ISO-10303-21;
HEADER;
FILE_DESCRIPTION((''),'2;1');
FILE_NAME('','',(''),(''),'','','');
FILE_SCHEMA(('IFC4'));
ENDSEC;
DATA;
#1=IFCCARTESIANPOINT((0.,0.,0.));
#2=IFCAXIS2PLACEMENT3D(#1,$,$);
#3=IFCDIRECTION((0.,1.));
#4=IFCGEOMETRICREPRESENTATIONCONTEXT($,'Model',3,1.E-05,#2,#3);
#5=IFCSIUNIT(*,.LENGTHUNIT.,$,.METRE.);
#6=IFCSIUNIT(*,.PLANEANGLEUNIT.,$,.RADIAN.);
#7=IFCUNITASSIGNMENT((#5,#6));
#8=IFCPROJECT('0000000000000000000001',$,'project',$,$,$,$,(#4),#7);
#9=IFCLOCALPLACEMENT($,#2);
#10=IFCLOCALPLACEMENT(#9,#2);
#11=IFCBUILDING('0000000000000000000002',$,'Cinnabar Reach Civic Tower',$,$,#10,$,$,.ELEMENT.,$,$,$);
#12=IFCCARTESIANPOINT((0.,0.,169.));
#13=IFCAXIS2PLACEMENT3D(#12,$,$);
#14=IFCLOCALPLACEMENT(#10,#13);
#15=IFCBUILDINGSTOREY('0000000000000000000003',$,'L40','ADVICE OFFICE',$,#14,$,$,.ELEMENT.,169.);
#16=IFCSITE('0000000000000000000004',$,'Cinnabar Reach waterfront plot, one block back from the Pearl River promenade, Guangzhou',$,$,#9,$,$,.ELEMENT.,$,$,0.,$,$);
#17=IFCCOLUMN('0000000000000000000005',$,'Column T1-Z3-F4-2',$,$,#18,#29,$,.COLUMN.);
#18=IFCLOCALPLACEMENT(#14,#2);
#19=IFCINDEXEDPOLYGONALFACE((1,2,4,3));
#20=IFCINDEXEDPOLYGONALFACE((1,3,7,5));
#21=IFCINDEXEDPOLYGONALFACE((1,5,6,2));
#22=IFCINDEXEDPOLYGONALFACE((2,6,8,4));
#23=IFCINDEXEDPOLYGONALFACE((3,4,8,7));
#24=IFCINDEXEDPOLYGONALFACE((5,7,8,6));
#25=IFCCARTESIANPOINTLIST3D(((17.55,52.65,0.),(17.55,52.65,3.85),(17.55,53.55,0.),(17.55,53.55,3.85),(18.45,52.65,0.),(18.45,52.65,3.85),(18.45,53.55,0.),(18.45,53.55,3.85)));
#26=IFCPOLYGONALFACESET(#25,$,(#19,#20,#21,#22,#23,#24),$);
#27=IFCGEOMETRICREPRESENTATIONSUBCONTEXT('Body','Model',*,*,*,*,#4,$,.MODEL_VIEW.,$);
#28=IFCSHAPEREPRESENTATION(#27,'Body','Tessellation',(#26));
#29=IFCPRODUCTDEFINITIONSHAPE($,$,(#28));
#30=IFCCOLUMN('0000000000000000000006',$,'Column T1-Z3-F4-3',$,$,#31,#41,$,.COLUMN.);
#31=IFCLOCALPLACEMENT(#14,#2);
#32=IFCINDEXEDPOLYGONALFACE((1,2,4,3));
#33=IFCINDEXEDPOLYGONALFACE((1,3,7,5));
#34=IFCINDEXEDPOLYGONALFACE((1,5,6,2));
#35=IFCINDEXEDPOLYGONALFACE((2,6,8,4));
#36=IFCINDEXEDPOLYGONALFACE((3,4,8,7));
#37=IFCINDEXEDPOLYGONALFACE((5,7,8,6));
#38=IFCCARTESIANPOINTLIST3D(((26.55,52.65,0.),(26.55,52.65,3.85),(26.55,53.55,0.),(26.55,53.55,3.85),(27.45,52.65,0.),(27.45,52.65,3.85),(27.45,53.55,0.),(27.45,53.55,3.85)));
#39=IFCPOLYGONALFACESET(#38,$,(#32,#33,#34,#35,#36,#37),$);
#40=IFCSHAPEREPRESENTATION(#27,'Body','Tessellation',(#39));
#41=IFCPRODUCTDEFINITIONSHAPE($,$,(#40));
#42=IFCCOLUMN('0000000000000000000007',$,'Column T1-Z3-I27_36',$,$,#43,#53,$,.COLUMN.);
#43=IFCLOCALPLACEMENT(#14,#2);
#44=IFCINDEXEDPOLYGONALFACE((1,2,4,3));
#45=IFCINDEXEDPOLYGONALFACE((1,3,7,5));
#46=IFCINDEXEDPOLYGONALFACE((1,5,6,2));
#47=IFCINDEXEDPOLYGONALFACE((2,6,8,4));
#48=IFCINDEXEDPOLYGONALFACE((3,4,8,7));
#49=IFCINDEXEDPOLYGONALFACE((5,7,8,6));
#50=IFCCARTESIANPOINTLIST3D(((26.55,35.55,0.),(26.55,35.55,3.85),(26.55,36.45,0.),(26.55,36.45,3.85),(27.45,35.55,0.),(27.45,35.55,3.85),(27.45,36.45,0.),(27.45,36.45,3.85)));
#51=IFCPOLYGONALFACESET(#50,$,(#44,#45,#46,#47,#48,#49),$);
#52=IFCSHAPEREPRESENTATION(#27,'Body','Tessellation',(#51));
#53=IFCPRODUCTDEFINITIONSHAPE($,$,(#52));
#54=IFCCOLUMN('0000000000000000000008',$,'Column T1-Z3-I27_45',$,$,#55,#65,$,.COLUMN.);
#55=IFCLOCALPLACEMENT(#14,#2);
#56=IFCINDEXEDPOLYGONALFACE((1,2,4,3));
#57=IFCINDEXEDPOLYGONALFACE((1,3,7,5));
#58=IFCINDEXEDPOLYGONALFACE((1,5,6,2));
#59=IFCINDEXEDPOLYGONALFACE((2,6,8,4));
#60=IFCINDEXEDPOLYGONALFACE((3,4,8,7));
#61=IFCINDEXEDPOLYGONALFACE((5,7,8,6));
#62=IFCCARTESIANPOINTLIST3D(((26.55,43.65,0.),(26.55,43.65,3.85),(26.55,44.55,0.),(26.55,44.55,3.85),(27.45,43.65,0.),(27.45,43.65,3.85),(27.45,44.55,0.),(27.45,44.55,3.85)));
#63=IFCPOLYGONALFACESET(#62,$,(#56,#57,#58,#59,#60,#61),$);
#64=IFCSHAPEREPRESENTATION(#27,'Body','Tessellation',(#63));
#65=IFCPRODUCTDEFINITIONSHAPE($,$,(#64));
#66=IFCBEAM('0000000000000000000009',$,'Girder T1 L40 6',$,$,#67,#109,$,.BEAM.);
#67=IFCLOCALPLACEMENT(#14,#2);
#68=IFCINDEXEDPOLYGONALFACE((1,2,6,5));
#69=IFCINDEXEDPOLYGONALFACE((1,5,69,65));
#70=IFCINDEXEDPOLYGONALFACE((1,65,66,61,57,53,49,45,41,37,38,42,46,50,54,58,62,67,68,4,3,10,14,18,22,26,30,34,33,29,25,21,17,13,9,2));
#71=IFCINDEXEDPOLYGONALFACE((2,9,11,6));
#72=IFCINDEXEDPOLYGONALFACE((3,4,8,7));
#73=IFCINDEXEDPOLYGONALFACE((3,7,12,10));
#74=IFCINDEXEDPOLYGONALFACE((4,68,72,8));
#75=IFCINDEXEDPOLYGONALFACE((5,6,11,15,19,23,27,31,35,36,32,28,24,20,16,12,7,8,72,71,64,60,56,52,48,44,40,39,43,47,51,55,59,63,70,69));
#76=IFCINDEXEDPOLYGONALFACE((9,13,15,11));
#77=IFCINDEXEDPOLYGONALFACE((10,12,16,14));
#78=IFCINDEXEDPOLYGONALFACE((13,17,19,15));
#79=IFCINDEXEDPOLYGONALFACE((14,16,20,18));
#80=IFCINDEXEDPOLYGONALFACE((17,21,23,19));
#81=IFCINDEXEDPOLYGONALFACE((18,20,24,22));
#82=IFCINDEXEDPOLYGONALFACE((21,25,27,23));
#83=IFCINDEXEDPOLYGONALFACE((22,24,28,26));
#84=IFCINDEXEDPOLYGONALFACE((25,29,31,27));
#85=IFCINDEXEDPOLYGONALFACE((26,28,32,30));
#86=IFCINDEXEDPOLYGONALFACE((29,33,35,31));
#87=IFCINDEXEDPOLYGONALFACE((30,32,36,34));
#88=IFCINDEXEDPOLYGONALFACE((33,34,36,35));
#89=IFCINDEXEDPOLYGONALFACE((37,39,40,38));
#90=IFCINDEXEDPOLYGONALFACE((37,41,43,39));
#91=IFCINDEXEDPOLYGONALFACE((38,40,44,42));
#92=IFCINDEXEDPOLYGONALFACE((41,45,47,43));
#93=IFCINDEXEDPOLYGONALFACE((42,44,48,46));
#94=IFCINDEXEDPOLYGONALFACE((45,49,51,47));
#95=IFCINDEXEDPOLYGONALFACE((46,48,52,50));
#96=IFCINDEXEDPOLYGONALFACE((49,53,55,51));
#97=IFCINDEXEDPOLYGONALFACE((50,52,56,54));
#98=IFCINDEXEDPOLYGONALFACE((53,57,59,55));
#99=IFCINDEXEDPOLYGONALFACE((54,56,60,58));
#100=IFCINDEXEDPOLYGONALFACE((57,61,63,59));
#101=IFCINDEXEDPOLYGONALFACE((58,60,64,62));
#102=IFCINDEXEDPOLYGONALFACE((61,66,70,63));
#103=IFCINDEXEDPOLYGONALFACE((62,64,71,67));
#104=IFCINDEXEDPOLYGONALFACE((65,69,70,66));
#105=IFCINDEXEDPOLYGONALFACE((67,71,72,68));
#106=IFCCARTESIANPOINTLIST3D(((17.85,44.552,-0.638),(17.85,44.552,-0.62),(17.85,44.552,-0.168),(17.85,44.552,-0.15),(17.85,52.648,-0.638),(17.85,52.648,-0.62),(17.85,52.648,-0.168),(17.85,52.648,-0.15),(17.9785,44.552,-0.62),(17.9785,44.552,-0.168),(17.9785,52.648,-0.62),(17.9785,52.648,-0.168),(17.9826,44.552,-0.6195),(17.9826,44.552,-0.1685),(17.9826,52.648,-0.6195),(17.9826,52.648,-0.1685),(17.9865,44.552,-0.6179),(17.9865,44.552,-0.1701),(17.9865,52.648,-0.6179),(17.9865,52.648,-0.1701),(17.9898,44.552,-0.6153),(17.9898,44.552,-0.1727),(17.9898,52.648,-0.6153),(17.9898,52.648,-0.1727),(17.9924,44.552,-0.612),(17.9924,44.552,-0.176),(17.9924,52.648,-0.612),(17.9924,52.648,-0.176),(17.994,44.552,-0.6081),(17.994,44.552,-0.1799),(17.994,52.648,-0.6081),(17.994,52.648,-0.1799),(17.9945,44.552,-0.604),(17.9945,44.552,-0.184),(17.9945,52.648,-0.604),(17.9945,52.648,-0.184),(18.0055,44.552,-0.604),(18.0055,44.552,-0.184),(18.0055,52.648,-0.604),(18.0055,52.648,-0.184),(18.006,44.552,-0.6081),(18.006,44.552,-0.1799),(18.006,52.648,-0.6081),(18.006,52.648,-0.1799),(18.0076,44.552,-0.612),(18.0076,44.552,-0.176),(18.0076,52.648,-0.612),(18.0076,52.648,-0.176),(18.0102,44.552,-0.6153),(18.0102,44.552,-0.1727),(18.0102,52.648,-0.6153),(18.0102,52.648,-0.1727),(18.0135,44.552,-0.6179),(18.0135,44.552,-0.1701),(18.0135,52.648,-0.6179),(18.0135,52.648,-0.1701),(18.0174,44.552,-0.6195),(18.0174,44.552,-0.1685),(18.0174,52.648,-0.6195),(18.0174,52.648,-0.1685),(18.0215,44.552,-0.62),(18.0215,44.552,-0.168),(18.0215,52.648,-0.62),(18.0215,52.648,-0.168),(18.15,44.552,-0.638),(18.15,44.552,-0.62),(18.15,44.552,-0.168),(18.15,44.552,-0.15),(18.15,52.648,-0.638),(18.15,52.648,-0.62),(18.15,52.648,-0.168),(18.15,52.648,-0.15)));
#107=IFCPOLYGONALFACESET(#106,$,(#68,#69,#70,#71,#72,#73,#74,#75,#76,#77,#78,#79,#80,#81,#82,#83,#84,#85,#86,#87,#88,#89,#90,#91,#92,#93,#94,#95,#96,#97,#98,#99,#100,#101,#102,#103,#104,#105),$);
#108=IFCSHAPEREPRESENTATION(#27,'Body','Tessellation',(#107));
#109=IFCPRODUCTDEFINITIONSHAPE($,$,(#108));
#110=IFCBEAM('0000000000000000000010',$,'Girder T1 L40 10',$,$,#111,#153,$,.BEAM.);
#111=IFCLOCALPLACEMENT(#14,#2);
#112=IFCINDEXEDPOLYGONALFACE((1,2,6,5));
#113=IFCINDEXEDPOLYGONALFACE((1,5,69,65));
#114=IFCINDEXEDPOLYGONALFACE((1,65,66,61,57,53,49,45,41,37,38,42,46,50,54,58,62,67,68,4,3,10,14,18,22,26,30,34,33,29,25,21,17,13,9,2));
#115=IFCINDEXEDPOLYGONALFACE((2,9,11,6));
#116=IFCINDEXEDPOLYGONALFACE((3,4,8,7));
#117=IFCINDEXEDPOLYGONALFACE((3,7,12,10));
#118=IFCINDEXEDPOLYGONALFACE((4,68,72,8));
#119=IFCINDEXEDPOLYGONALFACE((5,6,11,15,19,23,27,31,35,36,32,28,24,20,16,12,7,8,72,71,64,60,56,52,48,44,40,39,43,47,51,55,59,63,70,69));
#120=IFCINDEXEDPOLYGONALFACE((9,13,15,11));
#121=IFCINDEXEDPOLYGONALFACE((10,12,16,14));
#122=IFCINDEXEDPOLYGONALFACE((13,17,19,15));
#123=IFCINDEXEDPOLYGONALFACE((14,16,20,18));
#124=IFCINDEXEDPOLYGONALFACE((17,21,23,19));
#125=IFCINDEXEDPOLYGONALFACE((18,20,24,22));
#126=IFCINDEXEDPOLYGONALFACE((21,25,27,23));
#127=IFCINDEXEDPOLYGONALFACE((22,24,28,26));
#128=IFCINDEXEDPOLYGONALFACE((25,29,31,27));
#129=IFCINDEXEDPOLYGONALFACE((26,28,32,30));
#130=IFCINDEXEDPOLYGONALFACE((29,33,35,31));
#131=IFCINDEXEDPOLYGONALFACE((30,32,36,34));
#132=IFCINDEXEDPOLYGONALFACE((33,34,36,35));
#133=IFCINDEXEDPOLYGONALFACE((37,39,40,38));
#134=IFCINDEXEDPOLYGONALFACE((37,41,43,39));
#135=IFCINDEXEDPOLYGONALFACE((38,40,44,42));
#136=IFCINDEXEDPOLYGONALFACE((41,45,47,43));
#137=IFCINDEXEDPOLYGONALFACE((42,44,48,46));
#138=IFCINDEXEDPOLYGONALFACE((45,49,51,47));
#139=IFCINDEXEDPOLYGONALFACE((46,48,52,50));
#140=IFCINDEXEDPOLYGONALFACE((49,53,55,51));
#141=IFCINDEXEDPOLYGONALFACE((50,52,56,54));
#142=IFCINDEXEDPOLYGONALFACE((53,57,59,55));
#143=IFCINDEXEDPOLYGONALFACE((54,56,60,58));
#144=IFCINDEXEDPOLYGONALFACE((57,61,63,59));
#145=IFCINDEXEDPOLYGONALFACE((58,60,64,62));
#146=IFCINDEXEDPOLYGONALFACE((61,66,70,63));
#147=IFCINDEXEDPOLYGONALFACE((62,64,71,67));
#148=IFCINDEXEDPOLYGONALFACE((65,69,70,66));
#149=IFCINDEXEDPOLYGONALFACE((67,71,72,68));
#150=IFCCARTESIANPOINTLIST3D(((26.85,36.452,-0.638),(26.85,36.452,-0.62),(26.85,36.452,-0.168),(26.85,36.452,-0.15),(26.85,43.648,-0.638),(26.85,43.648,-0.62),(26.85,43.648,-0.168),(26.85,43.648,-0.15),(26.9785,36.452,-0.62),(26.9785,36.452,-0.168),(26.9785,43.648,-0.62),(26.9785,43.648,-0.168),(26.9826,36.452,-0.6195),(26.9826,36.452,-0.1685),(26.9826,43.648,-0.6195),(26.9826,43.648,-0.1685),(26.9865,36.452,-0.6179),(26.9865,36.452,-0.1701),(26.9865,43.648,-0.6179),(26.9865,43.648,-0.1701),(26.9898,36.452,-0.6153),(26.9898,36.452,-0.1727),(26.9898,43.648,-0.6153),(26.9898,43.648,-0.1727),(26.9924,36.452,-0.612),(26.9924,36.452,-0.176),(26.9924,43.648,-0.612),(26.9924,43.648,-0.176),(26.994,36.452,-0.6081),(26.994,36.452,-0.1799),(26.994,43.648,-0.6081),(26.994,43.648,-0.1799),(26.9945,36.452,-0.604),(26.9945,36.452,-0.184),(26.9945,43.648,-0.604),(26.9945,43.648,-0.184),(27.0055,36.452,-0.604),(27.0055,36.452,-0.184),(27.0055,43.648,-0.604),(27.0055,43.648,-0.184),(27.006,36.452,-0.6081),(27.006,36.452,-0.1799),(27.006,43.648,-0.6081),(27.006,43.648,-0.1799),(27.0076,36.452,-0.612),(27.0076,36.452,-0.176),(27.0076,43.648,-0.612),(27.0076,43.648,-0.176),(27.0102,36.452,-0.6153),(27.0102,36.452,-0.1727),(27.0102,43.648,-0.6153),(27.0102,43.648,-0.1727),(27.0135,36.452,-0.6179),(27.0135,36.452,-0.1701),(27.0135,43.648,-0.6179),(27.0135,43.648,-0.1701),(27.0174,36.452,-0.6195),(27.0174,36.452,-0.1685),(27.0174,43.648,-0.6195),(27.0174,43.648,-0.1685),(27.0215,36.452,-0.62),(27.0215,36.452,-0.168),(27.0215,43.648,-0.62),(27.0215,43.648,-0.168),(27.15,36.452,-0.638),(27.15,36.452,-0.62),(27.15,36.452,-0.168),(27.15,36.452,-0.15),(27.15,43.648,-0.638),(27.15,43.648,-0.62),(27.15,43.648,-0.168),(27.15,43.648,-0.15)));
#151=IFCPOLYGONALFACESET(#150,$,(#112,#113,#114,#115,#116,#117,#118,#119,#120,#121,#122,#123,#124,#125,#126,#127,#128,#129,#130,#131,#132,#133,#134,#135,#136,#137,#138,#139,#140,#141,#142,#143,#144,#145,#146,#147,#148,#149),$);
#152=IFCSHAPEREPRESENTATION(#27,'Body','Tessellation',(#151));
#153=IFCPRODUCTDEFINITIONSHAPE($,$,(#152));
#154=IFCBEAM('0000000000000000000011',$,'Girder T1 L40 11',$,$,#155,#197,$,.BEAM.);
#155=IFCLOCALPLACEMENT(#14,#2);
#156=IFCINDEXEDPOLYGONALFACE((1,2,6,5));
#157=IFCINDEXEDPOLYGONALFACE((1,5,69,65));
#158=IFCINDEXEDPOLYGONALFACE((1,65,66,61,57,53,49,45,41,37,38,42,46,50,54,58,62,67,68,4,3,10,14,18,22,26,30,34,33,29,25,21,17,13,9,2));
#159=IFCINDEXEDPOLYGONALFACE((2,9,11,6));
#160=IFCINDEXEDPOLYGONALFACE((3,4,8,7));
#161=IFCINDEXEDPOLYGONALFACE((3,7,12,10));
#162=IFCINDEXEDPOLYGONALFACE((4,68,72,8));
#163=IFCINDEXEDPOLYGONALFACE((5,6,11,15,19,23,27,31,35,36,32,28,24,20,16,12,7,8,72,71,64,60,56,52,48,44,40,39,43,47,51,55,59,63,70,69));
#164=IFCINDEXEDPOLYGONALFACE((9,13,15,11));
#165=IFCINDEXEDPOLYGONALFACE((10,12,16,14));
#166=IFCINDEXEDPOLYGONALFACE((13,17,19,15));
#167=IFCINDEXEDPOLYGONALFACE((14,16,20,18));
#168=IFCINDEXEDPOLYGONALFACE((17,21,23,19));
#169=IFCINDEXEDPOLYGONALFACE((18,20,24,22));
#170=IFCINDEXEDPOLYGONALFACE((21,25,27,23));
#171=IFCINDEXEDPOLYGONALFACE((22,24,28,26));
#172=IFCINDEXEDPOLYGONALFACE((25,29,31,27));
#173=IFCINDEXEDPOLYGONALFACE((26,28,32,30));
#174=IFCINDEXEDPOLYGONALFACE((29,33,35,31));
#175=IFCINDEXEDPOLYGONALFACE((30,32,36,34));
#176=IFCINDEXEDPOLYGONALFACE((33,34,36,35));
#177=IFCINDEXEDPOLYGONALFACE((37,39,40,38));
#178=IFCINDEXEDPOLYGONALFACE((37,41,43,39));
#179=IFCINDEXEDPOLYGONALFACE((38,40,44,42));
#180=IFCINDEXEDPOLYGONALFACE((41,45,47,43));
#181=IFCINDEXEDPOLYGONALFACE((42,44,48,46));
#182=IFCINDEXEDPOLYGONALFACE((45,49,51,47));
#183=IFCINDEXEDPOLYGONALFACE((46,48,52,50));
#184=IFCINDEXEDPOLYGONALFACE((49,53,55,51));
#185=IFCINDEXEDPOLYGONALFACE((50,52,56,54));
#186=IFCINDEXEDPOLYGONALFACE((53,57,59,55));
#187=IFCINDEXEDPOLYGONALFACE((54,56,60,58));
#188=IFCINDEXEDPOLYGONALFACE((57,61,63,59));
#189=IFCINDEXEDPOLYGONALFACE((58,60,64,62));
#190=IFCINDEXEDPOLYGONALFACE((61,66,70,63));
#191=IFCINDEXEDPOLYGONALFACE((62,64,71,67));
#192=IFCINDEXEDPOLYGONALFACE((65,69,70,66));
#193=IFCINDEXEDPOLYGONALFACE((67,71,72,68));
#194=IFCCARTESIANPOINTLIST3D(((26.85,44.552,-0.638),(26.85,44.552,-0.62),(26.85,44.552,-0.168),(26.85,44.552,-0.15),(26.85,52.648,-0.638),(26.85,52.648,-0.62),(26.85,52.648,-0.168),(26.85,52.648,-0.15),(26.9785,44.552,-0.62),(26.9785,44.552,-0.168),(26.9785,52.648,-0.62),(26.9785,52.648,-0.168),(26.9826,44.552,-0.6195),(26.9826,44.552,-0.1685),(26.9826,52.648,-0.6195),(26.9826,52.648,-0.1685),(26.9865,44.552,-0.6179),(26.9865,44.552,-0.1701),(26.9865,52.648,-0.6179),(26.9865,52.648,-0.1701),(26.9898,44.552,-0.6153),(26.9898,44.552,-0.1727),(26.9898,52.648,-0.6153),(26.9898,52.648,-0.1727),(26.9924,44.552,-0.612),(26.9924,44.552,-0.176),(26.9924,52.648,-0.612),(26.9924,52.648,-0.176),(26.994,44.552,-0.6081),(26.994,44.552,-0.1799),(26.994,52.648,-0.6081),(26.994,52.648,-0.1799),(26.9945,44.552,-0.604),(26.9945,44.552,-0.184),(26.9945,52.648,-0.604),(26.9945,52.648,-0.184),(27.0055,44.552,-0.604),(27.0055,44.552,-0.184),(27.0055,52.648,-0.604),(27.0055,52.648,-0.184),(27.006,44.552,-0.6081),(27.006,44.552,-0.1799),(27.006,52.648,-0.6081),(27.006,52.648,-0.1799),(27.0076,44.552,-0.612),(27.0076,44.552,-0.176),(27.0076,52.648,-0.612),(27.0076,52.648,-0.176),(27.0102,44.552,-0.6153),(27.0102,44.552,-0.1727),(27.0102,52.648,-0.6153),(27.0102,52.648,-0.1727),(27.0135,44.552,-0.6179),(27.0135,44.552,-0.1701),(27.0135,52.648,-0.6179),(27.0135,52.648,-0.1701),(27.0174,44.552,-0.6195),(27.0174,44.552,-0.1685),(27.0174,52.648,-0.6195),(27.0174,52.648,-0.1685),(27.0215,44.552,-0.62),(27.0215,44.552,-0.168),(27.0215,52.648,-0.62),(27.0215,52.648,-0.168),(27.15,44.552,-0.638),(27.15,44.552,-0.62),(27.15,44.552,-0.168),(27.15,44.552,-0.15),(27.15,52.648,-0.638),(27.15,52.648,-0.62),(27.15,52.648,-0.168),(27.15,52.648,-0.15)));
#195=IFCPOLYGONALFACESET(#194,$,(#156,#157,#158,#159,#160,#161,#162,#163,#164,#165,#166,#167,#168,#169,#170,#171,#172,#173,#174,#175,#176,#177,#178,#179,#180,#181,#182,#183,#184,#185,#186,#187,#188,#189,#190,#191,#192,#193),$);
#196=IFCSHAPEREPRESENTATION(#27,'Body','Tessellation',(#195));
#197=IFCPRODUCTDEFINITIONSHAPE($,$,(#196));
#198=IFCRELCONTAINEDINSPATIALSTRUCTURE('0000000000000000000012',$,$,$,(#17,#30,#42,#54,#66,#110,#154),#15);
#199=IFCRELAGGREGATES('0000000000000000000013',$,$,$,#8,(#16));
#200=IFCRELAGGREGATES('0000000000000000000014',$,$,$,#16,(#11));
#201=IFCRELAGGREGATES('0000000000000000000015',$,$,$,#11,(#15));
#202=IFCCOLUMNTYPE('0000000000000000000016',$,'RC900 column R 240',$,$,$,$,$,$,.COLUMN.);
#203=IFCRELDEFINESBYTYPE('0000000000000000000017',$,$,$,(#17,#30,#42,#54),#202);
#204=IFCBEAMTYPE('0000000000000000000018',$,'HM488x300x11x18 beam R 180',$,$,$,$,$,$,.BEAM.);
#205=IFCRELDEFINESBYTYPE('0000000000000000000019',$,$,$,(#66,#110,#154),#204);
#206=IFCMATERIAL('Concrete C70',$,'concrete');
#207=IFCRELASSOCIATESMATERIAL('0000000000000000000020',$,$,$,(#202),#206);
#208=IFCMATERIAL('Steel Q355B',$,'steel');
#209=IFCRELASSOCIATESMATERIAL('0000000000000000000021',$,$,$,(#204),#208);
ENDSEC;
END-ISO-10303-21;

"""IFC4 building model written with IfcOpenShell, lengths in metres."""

from ifc_helpers import new_model, si_unit, direction, frame, origin, origin_2d, place, context, subcontext, project, spatial, rectangle, i_section, extrude, material, material_profile, profile_set, type_object, element, save


model = new_model("IFC4")

# Units and contexts
model_context = context("Model", 3, precision=1e-05, world=origin(), true_north=direction((0.0, 1.0)))
body_context = subcontext(model_context, "Body", "Model", "MODEL_VIEW")
ifc_project = project(units=[si_unit("LENGTHUNIT", "METRE"), si_unit("PLANEANGLEUNIT", "RADIAN")], contexts=[model_context])

# Site, building, storey
site_placement = place(None, origin())
site = spatial("IfcSite", under=ifc_project, at=site_placement, Name="Cinnabar Reach waterfront plot, one block back from the Pearl River promenade, Guangzhou", CompositionType="ELEMENT", RefElevation=0.0)
building_placement = place(site_placement, origin())
building = spatial("IfcBuilding", under=site, at=building_placement, Name="Cinnabar Reach Civic Tower", CompositionType="ELEMENT")
storey_placement = place(building_placement, frame((0.0, 0.0, 169.0)))
storey = spatial("IfcBuildingStorey", under=building, at=storey_placement, Name="L40", Description="ADVICE OFFICE", CompositionType="ELEMENT", Elevation=169.0)

# Columns
ifc_material_1 = material(Name="Concrete C70", Category="concrete")
ifc_material_profile_1 = material_profile(ifc_material_1, rectangle(XDim=0.9, YDim=0.9, at=origin_2d()), Name="RC900")
ifc_profile_set_1 = profile_set([ifc_material_profile_1], Name="Concrete C70")
column_type = type_object("IfcColumnType", Name="RC900 column R 240", PredefinedType="COLUMN", material=ifc_profile_set_1)
for number, where, z_axis, x_axis, name in (
    (1, (18.0, 53.1, 0.0), (0.0, 0.0, 1.0), (1.0, 0.0, 0.0), "Column T1-Z3-F4-2"),
    (2, (27.0, 53.1, 0.0), (0.0, 0.0, 1.0), (1.0, 0.0, 0.0), "Column T1-Z3-F4-3"),
    (3, (27.0, 36.0, 0.0), (0.0, 0.0, 1.0), (1.0, 0.0, 0.0), "Column T1-Z3-I27_36"),
    (4, (27.0, 44.1, 0.0), (0.0, 0.0, 1.0), (1.0, 0.0, 0.0), "Column T1-Z3-I27_45"),
):
    element("IfcColumn", number, at=place(storey_placement, frame(where, z_axis=z_axis, x_axis=x_axis)), inside=storey, type_object=column_type, Name=name, PredefinedType="COLUMN", context=body_context, shape_type="SweptSolid", body=[
        extrude(rectangle(XDim=0.9, YDim=0.9, at=origin_2d()), origin(), (0.0, 0.0, 1.0), 3.85),
    ])

# Beams
ifc_material_2 = material(Name="Steel Q355B", Category="steel")
ifc_material_profile_2 = material_profile(ifc_material_2, i_section(OverallWidth=0.3, OverallDepth=0.488, WebThickness=0.011, FlangeThickness=0.018, FilletRadius=0.016, at=origin_2d()), Name="HM488x300x11x18")
ifc_profile_set_2 = profile_set([ifc_material_profile_2], Name="Steel Q355B")
beam_type_1 = type_object("IfcBeamType", Name="HM488x300x11x18 beam R 180", PredefinedType="BEAM", material=ifc_profile_set_2)
beam_1_placement = place(storey_placement, frame((18.0, 44.552, -0.394), z_axis=(0.0, 1.0, 0.0), x_axis=(-1.0, 0.0, 0.0)))
element("IfcBeam", 5, at=beam_1_placement, inside=storey, type_object=beam_type_1, Name="Girder T1 L40 6", PredefinedType="BEAM", context=body_context, shape_type="SweptSolid", body=[
    extrude(i_section(OverallWidth=0.3, OverallDepth=0.488, WebThickness=0.011, FlangeThickness=0.018, FilletRadius=0.016, at=origin_2d()), origin(), (0.0, 0.0, 1.0), 8.096),
])
beam_2_placement = place(storey_placement, frame((27.0, 36.452, -0.394), z_axis=(0.0, 1.0, 0.0), x_axis=(-1.0, 0.0, 0.0)))
element("IfcBeam", 6, at=beam_2_placement, inside=storey, type_object=beam_type_1, Name="Girder T1 L40 10", PredefinedType="BEAM", context=body_context, shape_type="SweptSolid", body=[
    extrude(i_section(OverallWidth=0.3, OverallDepth=0.488, WebThickness=0.011, FlangeThickness=0.018, FilletRadius=0.016, at=origin_2d()), origin(), (0.0, 0.0, 1.0), 7.196),
])
beam_3_placement = place(storey_placement, frame((27.0, 44.552, -0.394), z_axis=(0.0, 1.0, 0.0), x_axis=(-1.0, 0.0, 0.0)))
element("IfcBeam", 7, at=beam_3_placement, inside=storey, type_object=beam_type_1, Name="Girder T1 L40 11", PredefinedType="BEAM", context=body_context, shape_type="SweptSolid", body=[
    extrude(i_section(OverallWidth=0.3, OverallDepth=0.488, WebThickness=0.011, FlangeThickness=0.018, FilletRadius=0.016, at=origin_2d()), origin(), (0.0, 0.0, 1.0), 8.096),
])

save(model, "model.ifc")
